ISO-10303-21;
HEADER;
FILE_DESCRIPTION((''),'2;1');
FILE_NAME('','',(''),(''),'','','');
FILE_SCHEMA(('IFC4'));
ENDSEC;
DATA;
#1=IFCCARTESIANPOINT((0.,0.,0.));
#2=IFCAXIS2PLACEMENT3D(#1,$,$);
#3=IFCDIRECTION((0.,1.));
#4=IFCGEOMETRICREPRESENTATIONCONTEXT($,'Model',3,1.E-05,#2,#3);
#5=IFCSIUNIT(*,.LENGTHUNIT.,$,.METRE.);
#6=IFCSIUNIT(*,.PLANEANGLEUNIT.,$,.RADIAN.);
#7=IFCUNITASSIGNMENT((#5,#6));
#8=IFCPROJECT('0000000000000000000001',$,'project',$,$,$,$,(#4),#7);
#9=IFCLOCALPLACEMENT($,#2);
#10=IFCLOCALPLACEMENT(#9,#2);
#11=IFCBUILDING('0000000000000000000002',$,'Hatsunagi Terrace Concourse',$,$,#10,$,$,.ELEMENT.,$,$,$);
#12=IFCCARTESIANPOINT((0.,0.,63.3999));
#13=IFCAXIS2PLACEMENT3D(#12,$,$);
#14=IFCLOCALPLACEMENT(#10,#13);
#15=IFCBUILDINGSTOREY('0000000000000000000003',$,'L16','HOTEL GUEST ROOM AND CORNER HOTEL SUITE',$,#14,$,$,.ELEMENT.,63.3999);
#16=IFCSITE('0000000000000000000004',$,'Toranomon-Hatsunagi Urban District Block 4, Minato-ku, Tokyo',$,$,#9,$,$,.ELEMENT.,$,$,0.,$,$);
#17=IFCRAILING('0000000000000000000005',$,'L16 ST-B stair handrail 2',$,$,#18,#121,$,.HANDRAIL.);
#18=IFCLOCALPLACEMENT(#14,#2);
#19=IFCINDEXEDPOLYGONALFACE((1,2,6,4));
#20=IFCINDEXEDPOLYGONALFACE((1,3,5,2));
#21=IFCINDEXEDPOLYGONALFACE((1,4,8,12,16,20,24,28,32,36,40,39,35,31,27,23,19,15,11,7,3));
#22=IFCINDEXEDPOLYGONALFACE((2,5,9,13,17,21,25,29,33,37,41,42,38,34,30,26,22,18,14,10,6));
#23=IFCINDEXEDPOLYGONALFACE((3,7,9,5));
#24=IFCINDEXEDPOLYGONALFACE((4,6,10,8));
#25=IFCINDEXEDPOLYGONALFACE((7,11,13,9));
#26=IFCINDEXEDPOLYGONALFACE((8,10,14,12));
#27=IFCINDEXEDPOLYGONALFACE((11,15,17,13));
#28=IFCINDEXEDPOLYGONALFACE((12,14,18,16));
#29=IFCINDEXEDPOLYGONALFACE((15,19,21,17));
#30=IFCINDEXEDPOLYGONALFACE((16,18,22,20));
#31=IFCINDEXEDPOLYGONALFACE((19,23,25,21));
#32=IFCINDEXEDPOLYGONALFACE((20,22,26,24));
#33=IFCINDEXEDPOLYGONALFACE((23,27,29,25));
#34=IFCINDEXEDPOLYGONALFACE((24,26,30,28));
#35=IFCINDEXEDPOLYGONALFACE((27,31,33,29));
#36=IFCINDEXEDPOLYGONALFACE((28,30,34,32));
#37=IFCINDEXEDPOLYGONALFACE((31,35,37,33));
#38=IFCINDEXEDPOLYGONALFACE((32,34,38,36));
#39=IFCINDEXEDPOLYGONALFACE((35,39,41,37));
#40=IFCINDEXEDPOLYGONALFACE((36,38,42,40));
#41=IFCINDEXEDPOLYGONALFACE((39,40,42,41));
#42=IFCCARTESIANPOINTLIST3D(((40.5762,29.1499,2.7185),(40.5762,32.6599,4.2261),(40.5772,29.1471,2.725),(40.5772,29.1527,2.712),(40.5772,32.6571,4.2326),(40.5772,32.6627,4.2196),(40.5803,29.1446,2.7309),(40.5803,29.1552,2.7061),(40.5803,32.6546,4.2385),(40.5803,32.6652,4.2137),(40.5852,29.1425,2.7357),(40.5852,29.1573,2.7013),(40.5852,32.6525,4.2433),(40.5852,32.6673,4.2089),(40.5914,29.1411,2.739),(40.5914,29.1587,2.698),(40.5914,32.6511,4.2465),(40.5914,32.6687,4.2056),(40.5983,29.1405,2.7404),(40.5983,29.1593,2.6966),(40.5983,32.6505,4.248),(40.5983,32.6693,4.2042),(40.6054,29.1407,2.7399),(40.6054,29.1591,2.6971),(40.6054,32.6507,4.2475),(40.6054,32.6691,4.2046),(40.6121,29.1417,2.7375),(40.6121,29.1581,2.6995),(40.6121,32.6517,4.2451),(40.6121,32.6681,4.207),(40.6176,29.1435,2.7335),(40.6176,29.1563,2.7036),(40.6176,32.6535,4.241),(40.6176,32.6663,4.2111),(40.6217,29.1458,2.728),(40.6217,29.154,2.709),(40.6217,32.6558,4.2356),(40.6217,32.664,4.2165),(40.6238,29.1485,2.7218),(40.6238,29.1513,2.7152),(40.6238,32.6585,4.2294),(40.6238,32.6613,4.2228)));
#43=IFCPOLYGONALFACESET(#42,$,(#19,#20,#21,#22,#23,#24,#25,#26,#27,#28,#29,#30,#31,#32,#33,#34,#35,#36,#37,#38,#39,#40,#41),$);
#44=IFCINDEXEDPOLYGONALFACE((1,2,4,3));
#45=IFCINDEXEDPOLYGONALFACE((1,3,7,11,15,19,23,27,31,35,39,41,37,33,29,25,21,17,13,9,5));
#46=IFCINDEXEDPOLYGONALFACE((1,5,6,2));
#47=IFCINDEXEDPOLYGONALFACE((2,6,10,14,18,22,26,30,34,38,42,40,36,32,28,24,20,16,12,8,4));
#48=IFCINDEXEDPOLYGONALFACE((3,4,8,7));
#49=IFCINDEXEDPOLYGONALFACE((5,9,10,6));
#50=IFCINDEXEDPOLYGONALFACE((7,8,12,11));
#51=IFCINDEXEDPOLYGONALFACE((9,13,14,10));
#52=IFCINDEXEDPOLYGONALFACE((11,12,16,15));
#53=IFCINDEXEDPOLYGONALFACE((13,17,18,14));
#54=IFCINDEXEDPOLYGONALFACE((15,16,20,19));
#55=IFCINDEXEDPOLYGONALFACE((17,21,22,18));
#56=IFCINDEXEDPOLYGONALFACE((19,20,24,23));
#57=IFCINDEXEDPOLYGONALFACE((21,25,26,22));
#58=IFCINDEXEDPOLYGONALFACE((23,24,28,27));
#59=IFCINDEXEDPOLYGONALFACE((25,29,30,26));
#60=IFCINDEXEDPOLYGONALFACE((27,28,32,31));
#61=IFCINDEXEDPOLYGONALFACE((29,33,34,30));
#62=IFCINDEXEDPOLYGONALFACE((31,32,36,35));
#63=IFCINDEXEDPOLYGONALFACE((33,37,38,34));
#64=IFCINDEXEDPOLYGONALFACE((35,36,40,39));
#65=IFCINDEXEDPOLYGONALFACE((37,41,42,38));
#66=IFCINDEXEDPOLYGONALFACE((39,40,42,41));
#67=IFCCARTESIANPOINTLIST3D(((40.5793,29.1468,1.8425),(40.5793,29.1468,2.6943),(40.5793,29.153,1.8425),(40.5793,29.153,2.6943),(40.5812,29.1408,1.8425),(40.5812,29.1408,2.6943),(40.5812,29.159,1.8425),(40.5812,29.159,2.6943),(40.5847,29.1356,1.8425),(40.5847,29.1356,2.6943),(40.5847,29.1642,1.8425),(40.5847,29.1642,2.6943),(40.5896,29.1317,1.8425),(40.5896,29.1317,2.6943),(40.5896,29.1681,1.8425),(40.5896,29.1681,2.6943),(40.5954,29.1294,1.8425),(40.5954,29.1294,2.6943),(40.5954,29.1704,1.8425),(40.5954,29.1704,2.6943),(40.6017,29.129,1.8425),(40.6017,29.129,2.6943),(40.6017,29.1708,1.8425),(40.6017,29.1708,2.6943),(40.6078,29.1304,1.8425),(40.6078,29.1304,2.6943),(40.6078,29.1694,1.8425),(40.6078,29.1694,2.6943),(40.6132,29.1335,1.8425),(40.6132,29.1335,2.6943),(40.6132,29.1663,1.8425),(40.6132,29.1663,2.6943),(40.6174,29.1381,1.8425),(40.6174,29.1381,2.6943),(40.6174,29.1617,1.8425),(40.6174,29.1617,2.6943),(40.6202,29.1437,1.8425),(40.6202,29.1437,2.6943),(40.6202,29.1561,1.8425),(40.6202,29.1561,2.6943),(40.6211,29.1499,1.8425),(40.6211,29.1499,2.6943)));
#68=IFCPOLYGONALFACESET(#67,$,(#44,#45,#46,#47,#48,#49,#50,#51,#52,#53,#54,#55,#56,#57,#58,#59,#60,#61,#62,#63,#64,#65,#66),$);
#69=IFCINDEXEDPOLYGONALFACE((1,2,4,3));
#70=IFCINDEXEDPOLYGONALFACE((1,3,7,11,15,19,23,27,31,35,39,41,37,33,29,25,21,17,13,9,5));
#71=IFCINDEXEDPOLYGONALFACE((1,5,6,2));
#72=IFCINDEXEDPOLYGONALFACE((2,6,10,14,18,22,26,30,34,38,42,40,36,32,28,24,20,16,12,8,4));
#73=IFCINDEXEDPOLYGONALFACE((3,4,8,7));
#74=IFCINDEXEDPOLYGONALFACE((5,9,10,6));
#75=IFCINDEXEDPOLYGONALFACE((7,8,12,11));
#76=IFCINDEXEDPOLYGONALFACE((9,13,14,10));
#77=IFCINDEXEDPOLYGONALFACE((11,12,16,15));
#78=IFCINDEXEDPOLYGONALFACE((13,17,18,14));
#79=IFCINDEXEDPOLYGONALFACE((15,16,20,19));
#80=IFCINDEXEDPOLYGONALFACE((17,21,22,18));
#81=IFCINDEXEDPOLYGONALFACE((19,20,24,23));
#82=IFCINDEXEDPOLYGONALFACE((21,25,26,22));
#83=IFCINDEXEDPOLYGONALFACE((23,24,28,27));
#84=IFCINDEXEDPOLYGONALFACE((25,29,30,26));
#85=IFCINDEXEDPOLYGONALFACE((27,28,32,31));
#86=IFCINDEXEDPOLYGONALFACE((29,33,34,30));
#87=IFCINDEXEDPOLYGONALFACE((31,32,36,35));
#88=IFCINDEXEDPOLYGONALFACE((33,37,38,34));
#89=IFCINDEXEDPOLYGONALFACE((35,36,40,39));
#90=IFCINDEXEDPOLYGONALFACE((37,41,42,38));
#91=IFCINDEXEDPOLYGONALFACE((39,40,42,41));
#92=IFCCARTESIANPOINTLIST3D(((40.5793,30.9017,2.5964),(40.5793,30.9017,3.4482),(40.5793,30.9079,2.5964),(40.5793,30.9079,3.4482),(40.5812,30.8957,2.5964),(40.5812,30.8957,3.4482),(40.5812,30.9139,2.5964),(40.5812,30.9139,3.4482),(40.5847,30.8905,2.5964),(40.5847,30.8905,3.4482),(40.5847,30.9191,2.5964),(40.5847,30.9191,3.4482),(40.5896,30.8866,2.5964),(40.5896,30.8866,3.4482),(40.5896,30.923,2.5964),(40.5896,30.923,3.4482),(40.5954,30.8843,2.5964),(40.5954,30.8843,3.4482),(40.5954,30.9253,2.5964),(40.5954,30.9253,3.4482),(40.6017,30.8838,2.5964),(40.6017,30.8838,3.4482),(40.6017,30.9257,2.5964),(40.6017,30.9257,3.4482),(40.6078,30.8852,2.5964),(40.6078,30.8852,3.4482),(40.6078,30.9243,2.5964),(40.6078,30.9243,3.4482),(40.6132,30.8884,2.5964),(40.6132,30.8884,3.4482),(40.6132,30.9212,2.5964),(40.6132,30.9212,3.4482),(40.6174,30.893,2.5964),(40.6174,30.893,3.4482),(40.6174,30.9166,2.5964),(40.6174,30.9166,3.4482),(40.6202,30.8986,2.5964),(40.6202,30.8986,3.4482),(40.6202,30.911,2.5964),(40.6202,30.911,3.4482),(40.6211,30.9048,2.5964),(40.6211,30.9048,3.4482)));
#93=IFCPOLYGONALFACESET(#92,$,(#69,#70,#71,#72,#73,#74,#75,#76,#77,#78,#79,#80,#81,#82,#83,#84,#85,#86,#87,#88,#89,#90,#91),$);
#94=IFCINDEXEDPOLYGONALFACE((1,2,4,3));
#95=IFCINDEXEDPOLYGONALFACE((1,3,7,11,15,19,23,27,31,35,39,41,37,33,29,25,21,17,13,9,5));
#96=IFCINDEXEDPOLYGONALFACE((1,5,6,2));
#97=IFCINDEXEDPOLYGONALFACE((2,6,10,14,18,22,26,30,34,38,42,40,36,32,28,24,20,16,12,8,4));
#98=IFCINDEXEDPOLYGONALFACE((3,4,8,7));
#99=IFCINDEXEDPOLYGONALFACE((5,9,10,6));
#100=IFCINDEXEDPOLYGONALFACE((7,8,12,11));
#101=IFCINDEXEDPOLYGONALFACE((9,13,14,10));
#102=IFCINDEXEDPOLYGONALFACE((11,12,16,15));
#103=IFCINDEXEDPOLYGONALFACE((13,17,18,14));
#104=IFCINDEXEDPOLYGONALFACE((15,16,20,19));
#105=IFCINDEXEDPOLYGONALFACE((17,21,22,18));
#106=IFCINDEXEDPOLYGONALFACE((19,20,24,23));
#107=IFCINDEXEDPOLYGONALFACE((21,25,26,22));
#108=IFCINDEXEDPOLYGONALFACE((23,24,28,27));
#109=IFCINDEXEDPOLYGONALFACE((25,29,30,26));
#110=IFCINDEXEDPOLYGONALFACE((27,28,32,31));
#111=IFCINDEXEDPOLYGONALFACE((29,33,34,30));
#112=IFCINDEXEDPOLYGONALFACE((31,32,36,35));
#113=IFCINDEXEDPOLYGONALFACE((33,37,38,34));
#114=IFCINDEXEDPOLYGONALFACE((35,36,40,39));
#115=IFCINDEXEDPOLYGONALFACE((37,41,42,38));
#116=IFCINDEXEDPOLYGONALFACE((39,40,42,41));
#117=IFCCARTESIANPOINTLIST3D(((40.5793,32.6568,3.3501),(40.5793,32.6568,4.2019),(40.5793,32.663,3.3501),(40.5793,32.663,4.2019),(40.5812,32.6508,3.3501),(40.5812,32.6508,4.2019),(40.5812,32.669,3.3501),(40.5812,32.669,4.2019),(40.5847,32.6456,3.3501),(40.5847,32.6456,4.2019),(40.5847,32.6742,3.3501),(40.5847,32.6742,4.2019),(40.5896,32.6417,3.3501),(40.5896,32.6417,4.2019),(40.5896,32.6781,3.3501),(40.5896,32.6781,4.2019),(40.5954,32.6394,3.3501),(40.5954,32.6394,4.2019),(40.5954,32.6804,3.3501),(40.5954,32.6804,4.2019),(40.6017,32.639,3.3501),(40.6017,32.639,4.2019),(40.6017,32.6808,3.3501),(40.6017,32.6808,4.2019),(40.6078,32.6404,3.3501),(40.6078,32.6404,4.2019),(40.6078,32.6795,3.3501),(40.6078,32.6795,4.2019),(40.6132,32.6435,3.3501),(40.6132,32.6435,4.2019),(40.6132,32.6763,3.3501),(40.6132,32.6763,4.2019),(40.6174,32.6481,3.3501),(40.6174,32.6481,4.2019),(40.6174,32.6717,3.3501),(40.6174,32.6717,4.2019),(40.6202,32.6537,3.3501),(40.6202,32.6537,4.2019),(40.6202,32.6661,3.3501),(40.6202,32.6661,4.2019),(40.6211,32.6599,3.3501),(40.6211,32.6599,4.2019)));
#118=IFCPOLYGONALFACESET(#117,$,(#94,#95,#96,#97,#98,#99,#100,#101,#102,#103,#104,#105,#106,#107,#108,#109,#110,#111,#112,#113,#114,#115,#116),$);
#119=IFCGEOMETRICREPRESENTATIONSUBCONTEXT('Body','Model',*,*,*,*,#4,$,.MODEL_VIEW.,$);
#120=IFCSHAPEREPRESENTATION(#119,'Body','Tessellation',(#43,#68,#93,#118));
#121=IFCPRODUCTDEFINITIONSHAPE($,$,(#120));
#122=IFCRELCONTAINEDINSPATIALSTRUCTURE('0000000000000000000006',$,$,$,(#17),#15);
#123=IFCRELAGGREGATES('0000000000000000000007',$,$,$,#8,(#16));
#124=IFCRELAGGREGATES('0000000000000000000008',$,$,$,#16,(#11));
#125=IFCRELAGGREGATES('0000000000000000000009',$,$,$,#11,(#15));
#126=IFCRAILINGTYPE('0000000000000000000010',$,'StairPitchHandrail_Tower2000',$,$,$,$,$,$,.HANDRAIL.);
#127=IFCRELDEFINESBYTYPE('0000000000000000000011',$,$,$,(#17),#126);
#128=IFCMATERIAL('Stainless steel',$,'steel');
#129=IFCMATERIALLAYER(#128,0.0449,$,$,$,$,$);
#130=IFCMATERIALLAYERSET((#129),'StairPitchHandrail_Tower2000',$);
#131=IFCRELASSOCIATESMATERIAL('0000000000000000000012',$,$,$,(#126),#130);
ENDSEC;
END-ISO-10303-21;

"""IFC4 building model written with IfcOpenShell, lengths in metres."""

from ifc_helpers import new_model, si_unit, direction, frame, origin, origin_2d, place, context, subcontext, project, spatial, circle, extrude, material, layer, layer_set, type_object, element, save


model = new_model("IFC4")

# Units and contexts
model_context = context("Model", 3, precision=1e-05, world=origin(), true_north=direction((0.0, 1.0)))
body_context = subcontext(model_context, "Body", "Model", "MODEL_VIEW")
ifc_project = project(units=[si_unit("LENGTHUNIT", "METRE"), si_unit("PLANEANGLEUNIT", "RADIAN")], contexts=[model_context])

# Site, building, storey
site_placement = place(None, origin())
site = spatial("IfcSite", under=ifc_project, at=site_placement, Name="Toranomon-Hatsunagi Urban District Block 4, Minato-ku, Tokyo", CompositionType="ELEMENT", RefElevation=0.0)
building_placement = place(site_placement, origin())
building = spatial("IfcBuilding", under=site, at=building_placement, Name="Hatsunagi Terrace Concourse", CompositionType="ELEMENT")
storey_placement = place(building_placement, frame((0.0, 0.0, 63.3999)))
storey = spatial("IfcBuildingStorey", under=building, at=storey_placement, Name="L16", Description="HOTEL GUEST ROOM AND CORNER HOTEL SUITE", CompositionType="ELEMENT", Elevation=63.3999)

# Railing
ifc_material_1 = material(Name="Stainless steel", Category="steel")
ifc_layer_1 = layer(ifc_material_1, 0.0449)
ifc_layer_set_1 = layer_set([ifc_layer_1], Name="StairPitchHandrail_Tower2000")
railing_type_1 = type_object("IfcRailingType", Name="StairPitchHandrail_Tower2000", PredefinedType="HANDRAIL", material=ifc_layer_set_1)
railing_1_placement = place(storey_placement, frame((40.6001, 29.1499, 1.8425)))
element("IfcRailing", 1, at=railing_1_placement, inside=storey, type_object=railing_type_1, Name="L16 ST-B stair handrail 2", PredefinedType="HANDRAIL", context=body_context, shape_type="SweptSolid", body=[
    extrude(circle(Radius=0.0239, at=origin_2d()), frame((0.0, 0.0, 0.876), z_axis=(0.0, 0.918834, 0.394644), x_axis=(-1.0, 0.0, 0.0)), (0.0, 0.0, 1.0), 3.8201),
    extrude(circle(Radius=0.021, at=origin_2d()), origin(), (0.0, 0.0, 1.0), 0.8518),
    extrude(circle(Radius=0.021, at=origin_2d()), frame((0.0, 1.7549, 0.7539)), (0.0, 0.0, 1.0), 0.8518),
    extrude(circle(Radius=0.021, at=origin_2d()), frame((0.0, 3.51, 1.5076)), (0.0, 0.0, 1.0), 0.8518),
])

save(model, "model.ifc")
